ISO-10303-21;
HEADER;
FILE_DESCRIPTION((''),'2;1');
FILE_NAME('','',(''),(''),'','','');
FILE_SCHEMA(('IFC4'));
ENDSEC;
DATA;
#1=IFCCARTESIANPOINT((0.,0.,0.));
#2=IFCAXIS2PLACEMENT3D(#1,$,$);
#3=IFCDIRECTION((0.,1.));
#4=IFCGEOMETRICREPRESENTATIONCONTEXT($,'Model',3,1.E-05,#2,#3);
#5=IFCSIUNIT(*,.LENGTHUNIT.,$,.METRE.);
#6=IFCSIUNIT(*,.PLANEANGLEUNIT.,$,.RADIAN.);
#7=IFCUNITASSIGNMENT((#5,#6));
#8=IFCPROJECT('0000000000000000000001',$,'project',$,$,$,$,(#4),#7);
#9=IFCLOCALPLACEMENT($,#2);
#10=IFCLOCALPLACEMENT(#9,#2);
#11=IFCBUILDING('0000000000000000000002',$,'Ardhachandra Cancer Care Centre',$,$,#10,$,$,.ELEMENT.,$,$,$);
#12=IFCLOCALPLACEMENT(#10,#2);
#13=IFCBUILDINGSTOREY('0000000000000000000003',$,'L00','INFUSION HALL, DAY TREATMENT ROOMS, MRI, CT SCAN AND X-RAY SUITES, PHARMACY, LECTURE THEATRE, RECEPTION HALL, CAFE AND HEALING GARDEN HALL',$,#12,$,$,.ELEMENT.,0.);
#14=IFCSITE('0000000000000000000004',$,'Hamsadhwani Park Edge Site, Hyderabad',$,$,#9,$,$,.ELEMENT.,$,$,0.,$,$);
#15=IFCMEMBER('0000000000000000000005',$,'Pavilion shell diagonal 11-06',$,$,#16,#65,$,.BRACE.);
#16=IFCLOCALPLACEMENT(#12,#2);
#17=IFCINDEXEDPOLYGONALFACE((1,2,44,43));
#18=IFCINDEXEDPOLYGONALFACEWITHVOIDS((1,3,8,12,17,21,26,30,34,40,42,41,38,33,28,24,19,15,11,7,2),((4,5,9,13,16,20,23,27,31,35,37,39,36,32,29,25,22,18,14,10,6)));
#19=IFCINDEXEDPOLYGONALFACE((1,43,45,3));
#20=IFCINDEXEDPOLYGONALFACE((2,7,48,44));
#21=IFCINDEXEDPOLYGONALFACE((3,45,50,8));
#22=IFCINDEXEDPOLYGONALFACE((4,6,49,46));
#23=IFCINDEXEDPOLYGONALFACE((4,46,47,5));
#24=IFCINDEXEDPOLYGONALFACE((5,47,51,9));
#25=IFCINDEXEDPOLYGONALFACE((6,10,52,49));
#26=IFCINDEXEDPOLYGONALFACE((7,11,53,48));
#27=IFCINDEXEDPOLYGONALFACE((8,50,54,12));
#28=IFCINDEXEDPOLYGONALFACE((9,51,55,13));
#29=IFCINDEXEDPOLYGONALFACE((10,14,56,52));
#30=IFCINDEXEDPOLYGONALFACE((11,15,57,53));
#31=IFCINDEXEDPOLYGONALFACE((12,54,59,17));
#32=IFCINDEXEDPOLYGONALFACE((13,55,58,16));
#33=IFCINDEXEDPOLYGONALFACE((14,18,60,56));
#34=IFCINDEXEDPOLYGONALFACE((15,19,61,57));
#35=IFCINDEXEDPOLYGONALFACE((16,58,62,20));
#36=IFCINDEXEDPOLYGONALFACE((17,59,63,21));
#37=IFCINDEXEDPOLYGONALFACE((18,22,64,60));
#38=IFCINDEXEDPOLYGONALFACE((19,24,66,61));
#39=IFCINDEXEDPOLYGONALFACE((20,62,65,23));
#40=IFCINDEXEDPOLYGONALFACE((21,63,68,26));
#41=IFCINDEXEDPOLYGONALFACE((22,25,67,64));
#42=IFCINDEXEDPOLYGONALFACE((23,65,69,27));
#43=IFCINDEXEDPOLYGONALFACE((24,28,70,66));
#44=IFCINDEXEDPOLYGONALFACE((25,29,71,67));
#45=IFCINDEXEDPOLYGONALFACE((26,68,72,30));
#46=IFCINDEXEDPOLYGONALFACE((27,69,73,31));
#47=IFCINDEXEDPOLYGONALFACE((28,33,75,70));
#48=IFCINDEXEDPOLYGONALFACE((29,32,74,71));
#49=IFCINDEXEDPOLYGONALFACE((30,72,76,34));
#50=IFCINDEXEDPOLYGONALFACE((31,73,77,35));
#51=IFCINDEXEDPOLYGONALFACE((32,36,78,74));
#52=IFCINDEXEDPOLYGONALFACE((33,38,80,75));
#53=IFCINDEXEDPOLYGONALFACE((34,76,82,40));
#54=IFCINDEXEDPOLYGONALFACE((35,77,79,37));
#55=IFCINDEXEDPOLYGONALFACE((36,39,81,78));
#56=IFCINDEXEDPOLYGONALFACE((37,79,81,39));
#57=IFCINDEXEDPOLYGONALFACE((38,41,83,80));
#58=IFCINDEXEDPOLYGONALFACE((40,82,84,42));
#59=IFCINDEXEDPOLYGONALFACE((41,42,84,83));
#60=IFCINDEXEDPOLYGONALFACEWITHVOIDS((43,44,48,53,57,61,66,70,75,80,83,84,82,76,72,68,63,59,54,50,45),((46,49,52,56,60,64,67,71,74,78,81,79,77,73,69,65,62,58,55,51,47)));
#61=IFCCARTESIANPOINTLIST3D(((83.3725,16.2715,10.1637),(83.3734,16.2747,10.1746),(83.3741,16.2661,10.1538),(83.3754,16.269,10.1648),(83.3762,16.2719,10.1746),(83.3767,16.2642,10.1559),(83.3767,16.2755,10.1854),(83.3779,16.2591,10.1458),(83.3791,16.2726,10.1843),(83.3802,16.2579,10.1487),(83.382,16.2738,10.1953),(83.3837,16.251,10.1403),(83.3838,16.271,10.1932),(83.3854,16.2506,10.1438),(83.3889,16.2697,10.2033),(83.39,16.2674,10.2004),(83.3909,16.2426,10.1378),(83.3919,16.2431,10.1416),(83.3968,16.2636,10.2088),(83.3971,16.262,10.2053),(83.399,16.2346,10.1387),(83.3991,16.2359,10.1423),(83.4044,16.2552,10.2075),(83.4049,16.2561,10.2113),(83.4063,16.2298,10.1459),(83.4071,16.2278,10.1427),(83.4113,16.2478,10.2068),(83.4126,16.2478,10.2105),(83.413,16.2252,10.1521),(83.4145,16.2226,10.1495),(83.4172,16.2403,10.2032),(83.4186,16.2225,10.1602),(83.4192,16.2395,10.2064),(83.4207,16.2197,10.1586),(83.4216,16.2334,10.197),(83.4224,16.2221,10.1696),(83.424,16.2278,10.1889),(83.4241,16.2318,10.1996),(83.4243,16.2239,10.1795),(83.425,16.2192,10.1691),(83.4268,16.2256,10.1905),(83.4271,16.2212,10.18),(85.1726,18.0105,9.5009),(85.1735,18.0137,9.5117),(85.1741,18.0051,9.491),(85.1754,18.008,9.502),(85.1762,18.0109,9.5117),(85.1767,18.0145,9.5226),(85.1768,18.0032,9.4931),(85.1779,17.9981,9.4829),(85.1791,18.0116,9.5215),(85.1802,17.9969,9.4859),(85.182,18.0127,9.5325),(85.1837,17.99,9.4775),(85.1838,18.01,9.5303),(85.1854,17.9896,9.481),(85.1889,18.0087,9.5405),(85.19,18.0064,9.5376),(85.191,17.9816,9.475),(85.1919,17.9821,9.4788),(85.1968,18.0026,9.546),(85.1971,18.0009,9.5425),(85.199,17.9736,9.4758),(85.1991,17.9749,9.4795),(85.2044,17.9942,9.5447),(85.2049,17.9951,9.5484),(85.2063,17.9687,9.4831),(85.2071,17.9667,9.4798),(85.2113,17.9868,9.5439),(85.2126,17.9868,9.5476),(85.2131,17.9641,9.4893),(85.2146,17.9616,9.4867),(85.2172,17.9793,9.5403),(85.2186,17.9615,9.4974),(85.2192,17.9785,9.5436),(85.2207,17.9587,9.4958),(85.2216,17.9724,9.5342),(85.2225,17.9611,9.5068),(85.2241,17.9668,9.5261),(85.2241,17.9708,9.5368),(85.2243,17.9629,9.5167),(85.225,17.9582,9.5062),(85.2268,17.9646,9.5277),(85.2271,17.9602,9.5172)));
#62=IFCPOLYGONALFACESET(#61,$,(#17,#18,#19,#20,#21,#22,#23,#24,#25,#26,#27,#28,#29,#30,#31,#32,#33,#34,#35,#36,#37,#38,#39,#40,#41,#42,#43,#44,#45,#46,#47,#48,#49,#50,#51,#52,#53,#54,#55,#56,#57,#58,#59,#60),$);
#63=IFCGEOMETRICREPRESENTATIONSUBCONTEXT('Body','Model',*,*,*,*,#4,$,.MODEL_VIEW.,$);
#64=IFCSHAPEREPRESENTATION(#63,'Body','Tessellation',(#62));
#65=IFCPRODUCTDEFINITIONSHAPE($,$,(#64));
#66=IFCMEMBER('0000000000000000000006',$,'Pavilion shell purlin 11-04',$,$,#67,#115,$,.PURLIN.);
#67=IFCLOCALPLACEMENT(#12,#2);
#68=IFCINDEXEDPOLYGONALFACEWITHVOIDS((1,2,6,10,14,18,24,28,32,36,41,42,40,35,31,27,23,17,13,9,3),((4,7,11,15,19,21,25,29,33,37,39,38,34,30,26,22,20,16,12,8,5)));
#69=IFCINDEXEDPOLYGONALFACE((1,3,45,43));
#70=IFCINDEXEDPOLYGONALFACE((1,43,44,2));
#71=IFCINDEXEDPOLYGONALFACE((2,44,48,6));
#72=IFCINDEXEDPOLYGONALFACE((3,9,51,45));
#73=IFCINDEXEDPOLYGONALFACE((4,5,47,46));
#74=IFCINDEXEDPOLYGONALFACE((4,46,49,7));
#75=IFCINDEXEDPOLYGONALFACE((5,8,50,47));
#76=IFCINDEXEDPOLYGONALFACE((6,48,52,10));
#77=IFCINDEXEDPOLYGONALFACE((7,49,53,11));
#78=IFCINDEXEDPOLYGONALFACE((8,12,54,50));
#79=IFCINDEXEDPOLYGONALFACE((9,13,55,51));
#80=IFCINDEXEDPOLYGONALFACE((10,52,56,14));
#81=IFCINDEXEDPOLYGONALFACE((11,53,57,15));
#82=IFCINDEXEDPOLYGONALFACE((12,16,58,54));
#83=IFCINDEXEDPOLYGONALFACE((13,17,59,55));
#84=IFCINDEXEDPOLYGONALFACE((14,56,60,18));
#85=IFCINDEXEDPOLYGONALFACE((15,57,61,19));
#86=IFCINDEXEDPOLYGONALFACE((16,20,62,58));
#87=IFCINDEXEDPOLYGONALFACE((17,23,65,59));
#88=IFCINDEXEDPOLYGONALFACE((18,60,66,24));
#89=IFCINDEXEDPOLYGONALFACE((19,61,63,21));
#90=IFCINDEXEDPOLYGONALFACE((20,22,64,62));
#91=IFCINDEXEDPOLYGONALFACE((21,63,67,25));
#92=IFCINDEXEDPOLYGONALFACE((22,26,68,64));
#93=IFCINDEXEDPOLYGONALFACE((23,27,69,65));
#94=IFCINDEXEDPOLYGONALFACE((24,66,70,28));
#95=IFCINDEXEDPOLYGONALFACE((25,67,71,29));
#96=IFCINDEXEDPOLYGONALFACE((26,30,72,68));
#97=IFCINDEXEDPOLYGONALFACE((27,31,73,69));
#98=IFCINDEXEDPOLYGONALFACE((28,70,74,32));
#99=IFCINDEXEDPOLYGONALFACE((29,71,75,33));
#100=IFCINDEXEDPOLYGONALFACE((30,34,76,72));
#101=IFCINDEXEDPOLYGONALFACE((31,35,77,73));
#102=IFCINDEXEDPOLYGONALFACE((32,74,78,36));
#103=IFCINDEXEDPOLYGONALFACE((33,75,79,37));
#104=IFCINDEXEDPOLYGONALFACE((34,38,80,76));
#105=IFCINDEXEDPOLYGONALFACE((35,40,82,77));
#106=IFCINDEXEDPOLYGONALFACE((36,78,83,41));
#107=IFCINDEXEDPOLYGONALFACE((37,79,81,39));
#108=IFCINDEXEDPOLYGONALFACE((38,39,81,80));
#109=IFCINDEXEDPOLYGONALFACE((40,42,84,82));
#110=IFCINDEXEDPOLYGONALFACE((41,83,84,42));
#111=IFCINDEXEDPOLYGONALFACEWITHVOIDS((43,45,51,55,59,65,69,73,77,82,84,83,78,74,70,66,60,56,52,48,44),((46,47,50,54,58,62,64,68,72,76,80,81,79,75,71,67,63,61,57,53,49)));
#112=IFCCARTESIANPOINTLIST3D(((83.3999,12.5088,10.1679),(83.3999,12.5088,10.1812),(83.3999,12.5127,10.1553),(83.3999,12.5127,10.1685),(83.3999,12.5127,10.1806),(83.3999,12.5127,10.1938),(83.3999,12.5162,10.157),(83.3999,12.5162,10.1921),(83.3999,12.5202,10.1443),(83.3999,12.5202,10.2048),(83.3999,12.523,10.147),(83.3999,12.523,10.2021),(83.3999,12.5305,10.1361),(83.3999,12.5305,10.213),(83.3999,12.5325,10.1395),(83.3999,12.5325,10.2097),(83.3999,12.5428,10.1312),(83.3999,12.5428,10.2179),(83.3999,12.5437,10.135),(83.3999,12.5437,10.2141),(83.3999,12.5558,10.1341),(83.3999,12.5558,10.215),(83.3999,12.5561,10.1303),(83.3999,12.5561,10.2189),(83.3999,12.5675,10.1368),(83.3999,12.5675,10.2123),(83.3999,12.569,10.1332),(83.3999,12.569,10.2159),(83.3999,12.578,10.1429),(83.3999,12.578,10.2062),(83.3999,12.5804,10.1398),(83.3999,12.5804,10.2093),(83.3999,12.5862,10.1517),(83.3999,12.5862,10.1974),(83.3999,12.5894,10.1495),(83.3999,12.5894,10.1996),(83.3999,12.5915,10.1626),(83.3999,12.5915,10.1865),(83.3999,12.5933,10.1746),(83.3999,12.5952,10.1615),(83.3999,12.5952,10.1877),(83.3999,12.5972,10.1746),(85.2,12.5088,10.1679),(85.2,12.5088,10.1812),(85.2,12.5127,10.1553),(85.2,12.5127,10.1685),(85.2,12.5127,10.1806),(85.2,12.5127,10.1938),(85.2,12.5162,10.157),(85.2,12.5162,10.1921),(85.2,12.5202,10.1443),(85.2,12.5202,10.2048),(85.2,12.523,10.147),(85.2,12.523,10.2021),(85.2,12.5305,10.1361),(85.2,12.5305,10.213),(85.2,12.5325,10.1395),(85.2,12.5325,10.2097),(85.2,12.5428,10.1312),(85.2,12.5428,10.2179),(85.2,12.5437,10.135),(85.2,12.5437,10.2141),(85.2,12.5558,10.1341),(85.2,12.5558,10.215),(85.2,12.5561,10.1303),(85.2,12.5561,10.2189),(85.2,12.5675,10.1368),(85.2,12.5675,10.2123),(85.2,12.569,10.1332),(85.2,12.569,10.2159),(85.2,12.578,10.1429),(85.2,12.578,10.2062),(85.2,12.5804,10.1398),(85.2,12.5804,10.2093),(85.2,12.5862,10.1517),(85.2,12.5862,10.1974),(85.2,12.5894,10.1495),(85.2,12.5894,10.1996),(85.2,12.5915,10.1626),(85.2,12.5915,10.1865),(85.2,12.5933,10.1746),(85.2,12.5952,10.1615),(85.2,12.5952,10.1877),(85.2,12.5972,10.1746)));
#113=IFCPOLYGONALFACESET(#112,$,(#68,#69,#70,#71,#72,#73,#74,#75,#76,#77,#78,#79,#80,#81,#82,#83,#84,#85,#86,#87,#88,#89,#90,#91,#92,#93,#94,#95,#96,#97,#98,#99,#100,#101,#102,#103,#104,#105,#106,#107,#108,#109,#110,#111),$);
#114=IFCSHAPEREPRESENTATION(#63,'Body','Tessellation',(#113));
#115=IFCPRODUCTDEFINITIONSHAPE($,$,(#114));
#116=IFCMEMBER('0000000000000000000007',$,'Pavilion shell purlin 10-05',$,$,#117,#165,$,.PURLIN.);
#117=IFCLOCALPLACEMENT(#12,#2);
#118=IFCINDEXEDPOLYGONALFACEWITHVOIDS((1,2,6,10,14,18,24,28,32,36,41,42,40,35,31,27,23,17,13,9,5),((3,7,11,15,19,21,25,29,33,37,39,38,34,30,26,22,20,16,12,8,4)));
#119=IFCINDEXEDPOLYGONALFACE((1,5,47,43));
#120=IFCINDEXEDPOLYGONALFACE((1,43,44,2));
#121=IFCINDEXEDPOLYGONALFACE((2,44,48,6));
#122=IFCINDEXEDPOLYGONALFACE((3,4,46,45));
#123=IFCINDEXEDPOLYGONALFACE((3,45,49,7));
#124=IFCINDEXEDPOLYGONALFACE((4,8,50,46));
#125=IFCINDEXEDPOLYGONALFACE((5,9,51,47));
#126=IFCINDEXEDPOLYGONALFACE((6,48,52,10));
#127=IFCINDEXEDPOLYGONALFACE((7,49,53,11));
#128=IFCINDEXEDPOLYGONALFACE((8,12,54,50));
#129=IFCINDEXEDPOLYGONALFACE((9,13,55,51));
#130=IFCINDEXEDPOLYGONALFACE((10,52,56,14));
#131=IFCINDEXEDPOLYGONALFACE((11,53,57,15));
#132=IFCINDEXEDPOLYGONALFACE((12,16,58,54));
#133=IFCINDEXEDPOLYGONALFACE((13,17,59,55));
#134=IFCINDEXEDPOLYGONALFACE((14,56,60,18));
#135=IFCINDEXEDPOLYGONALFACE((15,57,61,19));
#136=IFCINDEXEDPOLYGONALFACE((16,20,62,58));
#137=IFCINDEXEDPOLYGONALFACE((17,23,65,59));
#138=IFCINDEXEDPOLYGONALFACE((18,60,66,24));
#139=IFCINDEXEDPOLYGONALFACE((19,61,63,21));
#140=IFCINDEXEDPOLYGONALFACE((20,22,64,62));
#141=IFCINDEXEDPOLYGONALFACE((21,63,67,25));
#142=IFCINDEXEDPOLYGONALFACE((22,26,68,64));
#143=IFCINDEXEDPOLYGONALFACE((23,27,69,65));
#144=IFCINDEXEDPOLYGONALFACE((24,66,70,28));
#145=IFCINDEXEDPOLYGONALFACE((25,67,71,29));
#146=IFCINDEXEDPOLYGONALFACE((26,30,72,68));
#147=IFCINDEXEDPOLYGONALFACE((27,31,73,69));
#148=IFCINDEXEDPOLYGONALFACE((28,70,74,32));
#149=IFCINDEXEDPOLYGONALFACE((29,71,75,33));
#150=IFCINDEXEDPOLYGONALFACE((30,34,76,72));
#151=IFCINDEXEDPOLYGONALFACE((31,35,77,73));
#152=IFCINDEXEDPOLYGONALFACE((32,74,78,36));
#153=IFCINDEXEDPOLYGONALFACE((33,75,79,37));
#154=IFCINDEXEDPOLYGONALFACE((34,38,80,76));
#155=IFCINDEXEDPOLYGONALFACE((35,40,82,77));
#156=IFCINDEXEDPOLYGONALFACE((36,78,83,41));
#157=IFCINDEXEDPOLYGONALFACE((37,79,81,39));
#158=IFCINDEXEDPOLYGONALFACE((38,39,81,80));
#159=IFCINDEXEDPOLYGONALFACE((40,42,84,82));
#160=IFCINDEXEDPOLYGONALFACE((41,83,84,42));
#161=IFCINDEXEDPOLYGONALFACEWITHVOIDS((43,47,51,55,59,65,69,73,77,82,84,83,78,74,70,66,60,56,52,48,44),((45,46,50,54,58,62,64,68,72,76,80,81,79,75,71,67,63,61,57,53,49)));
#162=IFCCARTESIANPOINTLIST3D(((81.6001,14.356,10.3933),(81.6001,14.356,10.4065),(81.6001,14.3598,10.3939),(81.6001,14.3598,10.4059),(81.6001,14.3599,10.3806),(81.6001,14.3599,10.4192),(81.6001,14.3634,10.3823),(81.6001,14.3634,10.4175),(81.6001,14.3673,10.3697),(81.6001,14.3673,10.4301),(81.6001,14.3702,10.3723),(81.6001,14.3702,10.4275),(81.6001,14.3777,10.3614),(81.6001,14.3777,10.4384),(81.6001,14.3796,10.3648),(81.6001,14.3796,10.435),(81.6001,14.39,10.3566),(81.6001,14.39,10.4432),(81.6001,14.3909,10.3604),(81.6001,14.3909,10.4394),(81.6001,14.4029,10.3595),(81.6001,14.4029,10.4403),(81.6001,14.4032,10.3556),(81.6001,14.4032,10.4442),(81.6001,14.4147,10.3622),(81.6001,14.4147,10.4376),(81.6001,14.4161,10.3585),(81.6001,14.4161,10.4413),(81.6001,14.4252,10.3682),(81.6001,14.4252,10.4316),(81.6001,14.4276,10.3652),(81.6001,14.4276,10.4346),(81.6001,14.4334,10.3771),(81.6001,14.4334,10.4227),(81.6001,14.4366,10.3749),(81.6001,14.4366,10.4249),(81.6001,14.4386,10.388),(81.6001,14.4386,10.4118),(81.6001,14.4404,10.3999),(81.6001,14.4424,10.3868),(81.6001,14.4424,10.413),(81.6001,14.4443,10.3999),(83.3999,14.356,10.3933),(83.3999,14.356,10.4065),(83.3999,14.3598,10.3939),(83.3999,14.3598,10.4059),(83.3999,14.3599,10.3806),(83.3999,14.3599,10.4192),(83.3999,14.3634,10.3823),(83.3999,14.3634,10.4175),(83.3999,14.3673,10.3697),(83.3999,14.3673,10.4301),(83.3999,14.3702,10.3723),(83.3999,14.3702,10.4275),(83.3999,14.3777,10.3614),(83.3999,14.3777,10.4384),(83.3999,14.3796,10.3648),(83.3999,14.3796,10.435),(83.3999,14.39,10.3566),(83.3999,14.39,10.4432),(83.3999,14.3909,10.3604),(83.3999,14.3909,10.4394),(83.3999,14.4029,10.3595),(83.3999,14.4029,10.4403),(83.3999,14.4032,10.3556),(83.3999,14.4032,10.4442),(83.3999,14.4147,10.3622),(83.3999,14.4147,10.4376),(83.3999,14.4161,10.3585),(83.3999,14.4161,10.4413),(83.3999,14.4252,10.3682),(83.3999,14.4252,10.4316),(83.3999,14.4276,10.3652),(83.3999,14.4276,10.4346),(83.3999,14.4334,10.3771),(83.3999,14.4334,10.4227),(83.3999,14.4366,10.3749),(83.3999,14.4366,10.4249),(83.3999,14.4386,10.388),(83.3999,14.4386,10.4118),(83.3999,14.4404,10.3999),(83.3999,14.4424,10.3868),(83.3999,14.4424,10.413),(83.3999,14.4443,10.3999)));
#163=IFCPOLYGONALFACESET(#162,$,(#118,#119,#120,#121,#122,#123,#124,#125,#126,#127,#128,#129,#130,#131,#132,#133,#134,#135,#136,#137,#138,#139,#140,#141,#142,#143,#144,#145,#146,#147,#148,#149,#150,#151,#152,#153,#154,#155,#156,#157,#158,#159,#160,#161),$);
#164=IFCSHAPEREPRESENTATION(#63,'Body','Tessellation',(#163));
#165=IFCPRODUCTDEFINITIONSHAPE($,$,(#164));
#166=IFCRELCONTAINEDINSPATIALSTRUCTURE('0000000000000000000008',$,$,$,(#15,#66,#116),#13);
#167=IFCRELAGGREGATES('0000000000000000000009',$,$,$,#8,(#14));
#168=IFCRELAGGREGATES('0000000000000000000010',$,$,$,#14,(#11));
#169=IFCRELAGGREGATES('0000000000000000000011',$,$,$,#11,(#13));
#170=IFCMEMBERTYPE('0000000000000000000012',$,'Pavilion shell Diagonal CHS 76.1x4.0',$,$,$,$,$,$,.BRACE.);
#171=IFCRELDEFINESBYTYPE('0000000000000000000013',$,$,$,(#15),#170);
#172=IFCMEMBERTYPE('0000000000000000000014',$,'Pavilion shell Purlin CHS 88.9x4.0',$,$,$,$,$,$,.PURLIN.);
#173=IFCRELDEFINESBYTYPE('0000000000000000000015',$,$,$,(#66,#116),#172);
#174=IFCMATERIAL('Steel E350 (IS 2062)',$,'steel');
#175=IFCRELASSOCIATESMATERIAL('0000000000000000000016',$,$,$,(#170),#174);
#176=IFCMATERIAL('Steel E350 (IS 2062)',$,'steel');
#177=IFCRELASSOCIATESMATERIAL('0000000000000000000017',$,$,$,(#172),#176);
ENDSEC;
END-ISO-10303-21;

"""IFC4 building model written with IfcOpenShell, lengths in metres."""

from ifc_helpers import new_model, si_unit, direction, frame, origin, origin_2d, place, context, subcontext, project, spatial, hollow_circle, extrude, material, material_profile, profile_set, type_object, element, save


model = new_model("IFC4")

# Units and contexts
model_context = context("Model", 3, precision=1e-05, world=origin(), true_north=direction((0.0, 1.0)))
body_context = subcontext(model_context, "Body", "Model", "MODEL_VIEW")
ifc_project = project(units=[si_unit("LENGTHUNIT", "METRE"), si_unit("PLANEANGLEUNIT", "RADIAN")], contexts=[model_context])

# Site, building, storey
site_placement = place(None, origin())
site = spatial("IfcSite", under=ifc_project, at=site_placement, Name="Hamsadhwani Park Edge Site, Hyderabad", CompositionType="ELEMENT", RefElevation=0.0)
building_placement = place(site_placement, origin())
building = spatial("IfcBuilding", under=site, at=building_placement, Name="Ardhachandra Cancer Care Centre", CompositionType="ELEMENT")
storey_placement = place(building_placement, origin())
storey = spatial("IfcBuildingStorey", under=building, at=storey_placement, Name="L00", Description="INFUSION HALL, DAY TREATMENT ROOMS, MRI, CT SCAN AND X-RAY SUITES, PHARMACY, LECTURE THEATRE, RECEPTION HALL, CAFE AND HEALING GARDEN HALL", CompositionType="ELEMENT", Elevation=0.0)

# Members
ifc_material_1 = material(Name="Steel E350 (IS 2062)", Category="steel")
ifc_material_profile_1 = material_profile(ifc_material_1, hollow_circle(Radius=0.0381, WallThickness=0.0039, at=origin_2d()), Name="CHS 76.1x4.0")
ifc_profile_set_1 = profile_set([ifc_material_profile_1], Name="Steel E350 (IS 2062)")
member_type_1 = type_object("IfcMemberType", Name="Pavilion shell Diagonal CHS 76.1x4.0", PredefinedType="BRACE", material=ifc_profile_set_1)
for number, where, z_axis, x_axis, name in (
    (1, (83.3999, 16.2473, 10.1746), (0.695227, 0.671654, -0.256007), (-0.694809, 0.719195, 0.0), "Pavilion shell diagonal 11-06"),
):
    element("IfcMember", number, at=place(storey_placement, frame(where, z_axis=z_axis, x_axis=x_axis)), inside=storey, type_object=member_type_1, Name=name, PredefinedType="BRACE", context=body_context, shape_type="SweptSolid", body=[
        extrude(hollow_circle(Radius=0.0381, WallThickness=0.0039, at=origin_2d()), origin(), (0.0, 0.0, 1.0), 2.5891),
    ])
ifc_material_2 = material(Name="Steel E350 (IS 2062)", Category="steel")
ifc_material_profile_2 = material_profile(ifc_material_2, hollow_circle(Radius=0.0444, WallThickness=0.0039, at=origin_2d()), Name="CHS 88.9x4.0")
ifc_profile_set_2 = profile_set([ifc_material_profile_2], Name="Steel E350 (IS 2062)")
member_type_2 = type_object("IfcMemberType", Name="Pavilion shell Purlin CHS 88.9x4.0", PredefinedType="PURLIN", material=ifc_profile_set_2)
member_1_placement = place(storey_placement, frame((83.3999, 12.5527, 10.1746), z_axis=(1.0, 0.0, 0.0), x_axis=(0.0, 1.0, 0.0)))
element("IfcMember", 2, at=member_1_placement, inside=storey, type_object=member_type_2, Name="Pavilion shell purlin 11-04", PredefinedType="PURLIN", context=body_context, shape_type="SweptSolid", body=[
    extrude(hollow_circle(Radius=0.0444, WallThickness=0.0039, at=origin_2d()), origin(), (0.0, 0.0, 1.0), 1.8),
])
member_2_placement = place(storey_placement, frame((81.6001, 14.3999, 10.3999), z_axis=(1.0, 0.0, 0.0), x_axis=(0.0, 1.0, 0.0)))
element("IfcMember", 3, at=member_2_placement, inside=storey, type_object=member_type_2, Name="Pavilion shell purlin 10-05", PredefinedType="PURLIN", context=body_context, shape_type="SweptSolid", body=[
    extrude(hollow_circle(Radius=0.0444, WallThickness=0.0039, at=origin_2d()), origin(), (0.0, 0.0, 1.0), 1.7998),
])

save(model, "model.ifc")
